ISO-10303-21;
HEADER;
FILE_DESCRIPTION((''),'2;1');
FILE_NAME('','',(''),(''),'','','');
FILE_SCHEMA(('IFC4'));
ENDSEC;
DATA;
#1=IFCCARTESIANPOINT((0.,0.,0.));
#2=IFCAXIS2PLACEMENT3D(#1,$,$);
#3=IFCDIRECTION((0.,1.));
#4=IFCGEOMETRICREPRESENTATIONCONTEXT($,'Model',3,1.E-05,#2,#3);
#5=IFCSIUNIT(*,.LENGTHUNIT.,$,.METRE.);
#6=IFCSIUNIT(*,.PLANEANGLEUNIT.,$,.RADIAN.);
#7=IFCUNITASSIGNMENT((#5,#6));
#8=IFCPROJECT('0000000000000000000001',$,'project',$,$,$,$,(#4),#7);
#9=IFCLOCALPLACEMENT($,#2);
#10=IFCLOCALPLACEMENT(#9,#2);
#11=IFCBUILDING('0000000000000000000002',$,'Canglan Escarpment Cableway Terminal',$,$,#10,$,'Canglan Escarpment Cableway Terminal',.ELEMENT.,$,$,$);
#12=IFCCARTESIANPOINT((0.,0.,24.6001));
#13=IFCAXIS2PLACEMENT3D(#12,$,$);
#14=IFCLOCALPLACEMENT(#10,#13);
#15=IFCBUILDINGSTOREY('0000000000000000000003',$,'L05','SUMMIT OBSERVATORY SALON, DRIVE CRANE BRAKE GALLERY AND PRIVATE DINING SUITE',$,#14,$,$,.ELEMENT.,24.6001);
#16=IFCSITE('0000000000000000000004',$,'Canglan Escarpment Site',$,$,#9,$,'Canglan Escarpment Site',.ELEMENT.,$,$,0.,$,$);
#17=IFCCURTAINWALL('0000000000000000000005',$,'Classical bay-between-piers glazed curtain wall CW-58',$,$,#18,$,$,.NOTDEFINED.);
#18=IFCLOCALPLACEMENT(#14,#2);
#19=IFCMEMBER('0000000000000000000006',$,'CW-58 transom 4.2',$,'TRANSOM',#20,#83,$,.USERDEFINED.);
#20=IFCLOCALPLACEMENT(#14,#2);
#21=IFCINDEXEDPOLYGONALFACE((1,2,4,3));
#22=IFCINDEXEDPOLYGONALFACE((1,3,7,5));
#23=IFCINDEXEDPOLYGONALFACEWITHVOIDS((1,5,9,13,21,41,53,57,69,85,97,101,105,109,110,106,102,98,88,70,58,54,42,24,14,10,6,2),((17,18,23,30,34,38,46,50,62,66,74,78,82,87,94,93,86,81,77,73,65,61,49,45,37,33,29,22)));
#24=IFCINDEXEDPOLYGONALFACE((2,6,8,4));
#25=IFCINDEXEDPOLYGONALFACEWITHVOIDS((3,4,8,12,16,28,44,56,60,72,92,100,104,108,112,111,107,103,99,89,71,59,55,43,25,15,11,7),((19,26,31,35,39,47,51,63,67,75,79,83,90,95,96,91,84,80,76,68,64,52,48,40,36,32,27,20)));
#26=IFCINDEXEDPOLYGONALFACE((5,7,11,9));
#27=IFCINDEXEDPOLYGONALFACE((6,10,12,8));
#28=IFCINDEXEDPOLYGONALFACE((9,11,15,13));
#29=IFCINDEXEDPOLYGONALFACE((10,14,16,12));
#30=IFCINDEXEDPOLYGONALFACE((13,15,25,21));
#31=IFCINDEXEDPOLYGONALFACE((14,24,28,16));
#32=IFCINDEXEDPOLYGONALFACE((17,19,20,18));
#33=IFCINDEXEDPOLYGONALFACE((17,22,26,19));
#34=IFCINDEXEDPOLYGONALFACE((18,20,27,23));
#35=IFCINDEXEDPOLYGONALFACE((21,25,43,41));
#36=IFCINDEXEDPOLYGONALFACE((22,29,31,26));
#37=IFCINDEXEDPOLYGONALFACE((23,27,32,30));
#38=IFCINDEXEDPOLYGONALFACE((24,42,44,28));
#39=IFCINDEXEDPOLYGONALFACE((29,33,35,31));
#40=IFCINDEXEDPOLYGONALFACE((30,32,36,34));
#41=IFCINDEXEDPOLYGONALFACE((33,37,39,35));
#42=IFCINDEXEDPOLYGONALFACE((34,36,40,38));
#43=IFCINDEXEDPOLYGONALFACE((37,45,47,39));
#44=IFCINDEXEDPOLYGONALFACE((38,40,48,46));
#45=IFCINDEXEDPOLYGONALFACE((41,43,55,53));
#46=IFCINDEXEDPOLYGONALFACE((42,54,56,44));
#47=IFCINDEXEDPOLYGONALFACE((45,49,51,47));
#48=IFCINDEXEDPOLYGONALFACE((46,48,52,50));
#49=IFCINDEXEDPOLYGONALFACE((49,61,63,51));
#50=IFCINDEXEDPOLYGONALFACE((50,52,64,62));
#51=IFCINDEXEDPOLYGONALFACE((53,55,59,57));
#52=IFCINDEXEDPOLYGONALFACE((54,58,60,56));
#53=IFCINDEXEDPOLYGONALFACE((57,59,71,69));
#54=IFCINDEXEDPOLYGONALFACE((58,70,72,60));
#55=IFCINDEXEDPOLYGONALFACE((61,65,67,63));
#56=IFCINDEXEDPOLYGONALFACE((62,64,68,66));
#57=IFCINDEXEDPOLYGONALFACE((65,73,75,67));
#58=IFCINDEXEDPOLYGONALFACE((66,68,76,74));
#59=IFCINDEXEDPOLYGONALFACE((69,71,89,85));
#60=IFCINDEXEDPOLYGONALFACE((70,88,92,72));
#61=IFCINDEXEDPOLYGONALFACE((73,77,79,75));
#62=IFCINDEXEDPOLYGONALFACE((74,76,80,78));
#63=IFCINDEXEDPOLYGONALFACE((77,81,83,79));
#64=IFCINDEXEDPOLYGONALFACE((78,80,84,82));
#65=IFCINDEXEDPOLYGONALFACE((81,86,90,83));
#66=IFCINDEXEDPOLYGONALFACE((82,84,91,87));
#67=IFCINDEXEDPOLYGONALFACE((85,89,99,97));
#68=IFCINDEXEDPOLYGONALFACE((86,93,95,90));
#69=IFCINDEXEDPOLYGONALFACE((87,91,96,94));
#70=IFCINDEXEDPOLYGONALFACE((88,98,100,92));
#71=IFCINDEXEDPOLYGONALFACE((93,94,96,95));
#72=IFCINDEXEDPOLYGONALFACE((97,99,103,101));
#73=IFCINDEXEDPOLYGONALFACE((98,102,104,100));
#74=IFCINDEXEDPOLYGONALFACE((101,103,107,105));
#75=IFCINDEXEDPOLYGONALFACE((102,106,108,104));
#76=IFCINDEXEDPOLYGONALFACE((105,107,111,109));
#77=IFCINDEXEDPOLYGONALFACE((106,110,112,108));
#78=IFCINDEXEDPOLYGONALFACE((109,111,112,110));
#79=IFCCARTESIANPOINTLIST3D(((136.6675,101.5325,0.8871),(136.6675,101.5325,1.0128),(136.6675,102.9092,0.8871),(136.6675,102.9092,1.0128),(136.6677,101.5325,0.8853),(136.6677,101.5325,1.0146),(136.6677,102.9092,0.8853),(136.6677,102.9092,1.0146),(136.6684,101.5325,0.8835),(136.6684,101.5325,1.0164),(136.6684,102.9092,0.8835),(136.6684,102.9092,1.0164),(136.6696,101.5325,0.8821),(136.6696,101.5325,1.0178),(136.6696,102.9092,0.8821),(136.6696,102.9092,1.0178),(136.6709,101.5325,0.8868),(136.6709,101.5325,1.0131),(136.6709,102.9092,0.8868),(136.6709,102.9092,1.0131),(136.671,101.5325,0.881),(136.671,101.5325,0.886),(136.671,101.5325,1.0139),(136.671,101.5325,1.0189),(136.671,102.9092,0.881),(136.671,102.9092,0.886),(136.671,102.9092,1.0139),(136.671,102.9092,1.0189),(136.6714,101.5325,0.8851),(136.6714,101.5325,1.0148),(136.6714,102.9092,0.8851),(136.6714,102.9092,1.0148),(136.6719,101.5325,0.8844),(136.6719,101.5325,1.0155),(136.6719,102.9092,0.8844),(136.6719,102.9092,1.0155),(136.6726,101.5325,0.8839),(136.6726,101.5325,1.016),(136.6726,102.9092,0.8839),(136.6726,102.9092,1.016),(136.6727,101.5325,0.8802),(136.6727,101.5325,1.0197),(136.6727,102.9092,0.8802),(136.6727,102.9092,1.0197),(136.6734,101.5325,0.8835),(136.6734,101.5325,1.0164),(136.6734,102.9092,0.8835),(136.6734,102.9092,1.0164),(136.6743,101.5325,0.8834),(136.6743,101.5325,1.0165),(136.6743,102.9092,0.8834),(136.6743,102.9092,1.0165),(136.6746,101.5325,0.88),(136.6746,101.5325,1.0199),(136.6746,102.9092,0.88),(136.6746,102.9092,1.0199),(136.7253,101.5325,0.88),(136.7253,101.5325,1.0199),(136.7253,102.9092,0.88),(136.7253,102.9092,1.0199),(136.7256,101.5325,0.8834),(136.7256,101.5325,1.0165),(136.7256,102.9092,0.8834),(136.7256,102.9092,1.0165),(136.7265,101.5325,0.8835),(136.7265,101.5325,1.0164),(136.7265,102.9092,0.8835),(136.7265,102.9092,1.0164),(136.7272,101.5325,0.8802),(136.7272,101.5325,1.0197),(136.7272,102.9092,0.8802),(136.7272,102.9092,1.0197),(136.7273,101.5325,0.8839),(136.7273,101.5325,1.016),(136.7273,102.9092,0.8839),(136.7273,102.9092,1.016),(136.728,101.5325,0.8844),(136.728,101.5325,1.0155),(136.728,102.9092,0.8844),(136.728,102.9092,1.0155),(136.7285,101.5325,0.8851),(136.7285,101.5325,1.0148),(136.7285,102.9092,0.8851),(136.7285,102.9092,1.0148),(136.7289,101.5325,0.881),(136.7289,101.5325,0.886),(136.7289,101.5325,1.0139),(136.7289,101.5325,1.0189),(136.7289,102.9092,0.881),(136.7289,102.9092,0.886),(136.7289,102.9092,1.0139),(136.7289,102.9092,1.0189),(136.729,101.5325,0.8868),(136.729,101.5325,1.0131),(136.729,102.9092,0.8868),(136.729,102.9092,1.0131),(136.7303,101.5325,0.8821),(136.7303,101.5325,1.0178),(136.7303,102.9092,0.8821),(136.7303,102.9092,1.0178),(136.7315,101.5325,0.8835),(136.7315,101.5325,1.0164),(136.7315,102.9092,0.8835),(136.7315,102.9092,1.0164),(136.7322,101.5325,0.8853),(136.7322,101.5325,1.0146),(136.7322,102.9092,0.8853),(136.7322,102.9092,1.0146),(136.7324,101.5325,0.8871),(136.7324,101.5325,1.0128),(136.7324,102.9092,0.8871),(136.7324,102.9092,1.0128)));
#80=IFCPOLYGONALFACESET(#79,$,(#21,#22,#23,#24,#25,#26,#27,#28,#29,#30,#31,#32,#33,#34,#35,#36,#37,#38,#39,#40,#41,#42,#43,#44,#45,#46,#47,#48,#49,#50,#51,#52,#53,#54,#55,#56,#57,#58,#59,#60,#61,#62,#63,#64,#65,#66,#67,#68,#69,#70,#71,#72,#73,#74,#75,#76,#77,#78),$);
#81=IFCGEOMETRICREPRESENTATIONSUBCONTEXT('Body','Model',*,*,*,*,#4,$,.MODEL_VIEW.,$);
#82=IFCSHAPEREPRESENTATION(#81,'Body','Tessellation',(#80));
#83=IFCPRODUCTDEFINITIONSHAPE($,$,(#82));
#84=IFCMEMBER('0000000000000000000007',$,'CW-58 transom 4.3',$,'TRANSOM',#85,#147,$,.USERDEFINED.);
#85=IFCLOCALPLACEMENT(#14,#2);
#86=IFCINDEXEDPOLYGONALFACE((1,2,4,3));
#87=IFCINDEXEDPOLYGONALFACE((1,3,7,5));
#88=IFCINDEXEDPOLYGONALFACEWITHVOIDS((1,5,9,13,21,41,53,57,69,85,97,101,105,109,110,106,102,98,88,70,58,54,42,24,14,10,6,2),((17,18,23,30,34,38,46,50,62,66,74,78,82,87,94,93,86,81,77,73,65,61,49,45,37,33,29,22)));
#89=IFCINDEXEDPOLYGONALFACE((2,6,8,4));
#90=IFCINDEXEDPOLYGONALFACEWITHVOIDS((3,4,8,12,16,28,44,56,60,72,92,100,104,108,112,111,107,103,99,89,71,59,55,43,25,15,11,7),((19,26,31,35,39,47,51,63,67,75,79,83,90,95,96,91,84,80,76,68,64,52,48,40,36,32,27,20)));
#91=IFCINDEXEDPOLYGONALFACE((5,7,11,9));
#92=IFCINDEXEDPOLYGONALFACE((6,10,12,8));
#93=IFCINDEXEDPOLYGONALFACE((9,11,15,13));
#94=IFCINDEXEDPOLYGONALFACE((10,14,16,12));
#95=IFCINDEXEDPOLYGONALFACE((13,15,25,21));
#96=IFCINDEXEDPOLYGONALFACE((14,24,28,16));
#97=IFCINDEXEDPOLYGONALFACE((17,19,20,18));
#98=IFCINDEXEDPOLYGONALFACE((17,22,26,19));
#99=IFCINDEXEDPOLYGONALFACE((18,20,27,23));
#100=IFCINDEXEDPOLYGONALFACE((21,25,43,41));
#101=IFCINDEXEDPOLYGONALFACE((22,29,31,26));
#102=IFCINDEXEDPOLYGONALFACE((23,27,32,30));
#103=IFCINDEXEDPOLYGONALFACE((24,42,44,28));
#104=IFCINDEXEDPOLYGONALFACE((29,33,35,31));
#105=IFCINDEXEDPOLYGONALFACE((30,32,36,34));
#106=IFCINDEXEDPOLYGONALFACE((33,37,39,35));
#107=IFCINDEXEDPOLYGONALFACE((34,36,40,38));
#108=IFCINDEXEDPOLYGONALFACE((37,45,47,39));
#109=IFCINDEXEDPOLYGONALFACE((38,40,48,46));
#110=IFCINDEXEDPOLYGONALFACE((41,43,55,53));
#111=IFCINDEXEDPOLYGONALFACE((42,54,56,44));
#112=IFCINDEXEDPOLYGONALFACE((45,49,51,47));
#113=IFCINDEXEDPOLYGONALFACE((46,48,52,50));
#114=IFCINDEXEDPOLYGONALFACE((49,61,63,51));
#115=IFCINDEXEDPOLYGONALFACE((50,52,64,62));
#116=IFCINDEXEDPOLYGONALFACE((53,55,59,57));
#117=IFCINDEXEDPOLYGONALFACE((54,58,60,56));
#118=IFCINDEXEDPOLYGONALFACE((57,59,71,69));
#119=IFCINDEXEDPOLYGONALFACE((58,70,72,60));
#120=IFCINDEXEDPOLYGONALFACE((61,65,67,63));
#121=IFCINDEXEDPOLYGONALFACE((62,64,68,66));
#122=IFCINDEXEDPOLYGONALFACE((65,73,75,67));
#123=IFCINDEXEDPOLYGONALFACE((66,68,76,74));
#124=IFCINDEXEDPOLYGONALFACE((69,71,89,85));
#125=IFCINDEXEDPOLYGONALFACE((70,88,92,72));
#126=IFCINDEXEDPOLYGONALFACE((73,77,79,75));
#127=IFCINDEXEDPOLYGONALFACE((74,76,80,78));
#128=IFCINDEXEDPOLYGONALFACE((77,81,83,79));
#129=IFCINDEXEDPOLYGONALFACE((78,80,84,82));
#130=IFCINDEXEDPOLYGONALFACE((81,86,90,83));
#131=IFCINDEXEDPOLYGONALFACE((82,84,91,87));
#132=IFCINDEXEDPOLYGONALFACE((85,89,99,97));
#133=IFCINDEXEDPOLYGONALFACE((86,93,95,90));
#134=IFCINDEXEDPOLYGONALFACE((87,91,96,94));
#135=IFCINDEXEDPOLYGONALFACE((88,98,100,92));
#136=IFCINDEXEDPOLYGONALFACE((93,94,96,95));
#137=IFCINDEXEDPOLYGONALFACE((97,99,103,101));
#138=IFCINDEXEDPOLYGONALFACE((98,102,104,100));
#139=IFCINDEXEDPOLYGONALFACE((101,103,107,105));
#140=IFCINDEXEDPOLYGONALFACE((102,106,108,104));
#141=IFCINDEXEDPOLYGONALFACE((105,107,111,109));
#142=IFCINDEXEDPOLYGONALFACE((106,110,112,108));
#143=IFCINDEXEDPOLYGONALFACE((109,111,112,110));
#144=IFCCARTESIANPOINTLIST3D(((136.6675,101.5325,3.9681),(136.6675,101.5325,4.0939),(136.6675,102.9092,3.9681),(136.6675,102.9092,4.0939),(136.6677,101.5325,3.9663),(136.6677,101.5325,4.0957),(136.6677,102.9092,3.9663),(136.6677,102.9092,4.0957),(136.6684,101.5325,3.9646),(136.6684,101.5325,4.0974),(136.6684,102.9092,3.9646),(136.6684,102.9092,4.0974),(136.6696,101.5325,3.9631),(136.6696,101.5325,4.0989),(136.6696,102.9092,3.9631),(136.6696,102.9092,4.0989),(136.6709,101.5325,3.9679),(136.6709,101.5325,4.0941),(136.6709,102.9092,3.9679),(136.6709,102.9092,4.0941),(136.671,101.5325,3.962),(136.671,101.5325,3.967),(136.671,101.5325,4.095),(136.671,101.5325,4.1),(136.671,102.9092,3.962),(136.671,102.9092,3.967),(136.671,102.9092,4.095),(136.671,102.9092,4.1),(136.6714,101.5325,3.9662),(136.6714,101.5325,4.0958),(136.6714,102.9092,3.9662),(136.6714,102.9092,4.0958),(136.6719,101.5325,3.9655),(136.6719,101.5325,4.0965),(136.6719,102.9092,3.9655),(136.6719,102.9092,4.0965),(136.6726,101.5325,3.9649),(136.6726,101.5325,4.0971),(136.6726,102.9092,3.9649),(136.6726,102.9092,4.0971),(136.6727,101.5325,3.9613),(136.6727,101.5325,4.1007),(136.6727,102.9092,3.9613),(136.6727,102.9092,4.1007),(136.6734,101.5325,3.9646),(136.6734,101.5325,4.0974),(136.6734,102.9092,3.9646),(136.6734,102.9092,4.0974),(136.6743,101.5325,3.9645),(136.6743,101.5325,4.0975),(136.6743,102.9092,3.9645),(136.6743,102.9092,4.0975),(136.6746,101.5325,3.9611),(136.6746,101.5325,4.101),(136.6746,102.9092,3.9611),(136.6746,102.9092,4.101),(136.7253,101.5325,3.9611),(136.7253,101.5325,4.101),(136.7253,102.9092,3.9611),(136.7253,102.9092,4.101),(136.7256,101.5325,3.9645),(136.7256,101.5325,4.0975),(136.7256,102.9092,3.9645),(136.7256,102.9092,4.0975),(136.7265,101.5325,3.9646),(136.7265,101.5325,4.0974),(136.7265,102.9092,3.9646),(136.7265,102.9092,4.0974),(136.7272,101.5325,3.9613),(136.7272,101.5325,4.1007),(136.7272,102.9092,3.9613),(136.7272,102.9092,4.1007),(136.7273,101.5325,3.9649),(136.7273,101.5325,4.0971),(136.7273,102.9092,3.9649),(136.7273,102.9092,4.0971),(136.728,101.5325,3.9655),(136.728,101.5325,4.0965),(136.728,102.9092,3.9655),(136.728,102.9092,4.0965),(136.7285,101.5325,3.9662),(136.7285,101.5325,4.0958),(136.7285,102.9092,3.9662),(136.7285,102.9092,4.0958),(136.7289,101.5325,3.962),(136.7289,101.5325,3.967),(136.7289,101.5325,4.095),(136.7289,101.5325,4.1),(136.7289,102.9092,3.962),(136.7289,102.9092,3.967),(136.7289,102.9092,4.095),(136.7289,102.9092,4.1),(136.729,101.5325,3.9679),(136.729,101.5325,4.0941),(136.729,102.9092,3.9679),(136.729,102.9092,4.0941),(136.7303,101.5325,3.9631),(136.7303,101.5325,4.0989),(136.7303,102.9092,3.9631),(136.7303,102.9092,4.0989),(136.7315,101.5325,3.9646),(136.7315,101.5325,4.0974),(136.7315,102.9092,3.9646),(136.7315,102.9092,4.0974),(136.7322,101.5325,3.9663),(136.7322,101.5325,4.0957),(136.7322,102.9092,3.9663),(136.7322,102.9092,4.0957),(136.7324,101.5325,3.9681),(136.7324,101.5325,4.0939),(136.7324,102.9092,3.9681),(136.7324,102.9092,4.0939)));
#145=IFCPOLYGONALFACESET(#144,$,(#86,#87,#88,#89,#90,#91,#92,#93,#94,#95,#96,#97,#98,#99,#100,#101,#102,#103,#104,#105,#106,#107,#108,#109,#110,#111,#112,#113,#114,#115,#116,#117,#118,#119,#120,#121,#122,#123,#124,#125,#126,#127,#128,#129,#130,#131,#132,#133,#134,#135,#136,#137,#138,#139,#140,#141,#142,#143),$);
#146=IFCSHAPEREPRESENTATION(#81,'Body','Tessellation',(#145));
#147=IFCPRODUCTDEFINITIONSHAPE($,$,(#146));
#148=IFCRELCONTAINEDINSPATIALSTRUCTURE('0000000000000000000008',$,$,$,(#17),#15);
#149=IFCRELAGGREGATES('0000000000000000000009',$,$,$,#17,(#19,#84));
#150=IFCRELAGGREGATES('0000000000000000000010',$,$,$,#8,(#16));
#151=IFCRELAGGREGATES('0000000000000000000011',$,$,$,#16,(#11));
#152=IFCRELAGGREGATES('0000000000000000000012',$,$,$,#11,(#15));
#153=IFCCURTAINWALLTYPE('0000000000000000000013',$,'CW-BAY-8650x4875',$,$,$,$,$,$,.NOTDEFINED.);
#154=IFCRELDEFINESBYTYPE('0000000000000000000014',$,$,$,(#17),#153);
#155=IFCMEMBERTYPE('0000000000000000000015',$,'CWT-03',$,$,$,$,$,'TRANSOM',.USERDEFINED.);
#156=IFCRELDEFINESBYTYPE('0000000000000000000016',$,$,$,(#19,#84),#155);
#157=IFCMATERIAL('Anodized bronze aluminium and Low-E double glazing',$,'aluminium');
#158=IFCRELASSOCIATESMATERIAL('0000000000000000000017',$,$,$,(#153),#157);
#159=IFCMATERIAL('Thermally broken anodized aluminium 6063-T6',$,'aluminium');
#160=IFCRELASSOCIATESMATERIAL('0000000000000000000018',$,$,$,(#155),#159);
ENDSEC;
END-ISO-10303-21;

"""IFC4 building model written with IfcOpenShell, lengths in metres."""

from ifc_helpers import new_model, si_unit, direction, frame, origin, origin_2d, place, context, subcontext, project, spatial, hollow_rectangle, extrude, material, material_profile, profile_set, type_object, element, aggregate, save


model = new_model("IFC4")

# Units and contexts
model_context = context("Model", 3, precision=1e-05, world=origin(), true_north=direction((0.0, 1.0)))
body_context = subcontext(model_context, "Body", "Model", "MODEL_VIEW")
ifc_project = project(units=[si_unit("LENGTHUNIT", "METRE"), si_unit("PLANEANGLEUNIT", "RADIAN")], contexts=[model_context])

# Site, building, storey
site_placement = place(None, origin())
site = spatial("IfcSite", under=ifc_project, at=site_placement, Name="Canglan Escarpment Site", LongName="Canglan Escarpment Site", CompositionType="ELEMENT", RefElevation=0.0)
building_placement = place(site_placement, origin())
building = spatial("IfcBuilding", under=site, at=building_placement, Name="Canglan Escarpment Cableway Terminal", LongName="Canglan Escarpment Cableway Terminal", CompositionType="ELEMENT")
storey_placement = place(building_placement, frame((0.0, 0.0, 24.6001)))
storey = spatial("IfcBuildingStorey", under=building, at=storey_placement, Name="L05", Description="SUMMIT OBSERVATORY SALON, DRIVE CRANE BRAKE GALLERY AND PRIVATE DINING SUITE", CompositionType="ELEMENT", Elevation=24.6001)

# Curtain wall, members
ifc_material_1 = material(Name="Anodized bronze aluminium and Low-E double glazing", Category="aluminium")
curtain_wall_type = type_object("IfcCurtainWallType", Name="CW-BAY-8650x4875", PredefinedType="NOTDEFINED", material=ifc_material_1)
curtain_wall_placement = place(storey_placement, origin())
curtain_wall = element("IfcCurtainWall", 1, at=curtain_wall_placement, inside=storey, type_object=curtain_wall_type, Name="Classical bay-between-piers glazed curtain wall CW-58", PredefinedType="NOTDEFINED")
ifc_material_2 = material(Name="Thermally broken anodized aluminium 6063-T6", Category="aluminium")
ifc_material_profile_1 = material_profile(ifc_material_2, hollow_rectangle(XDim=0.0649, YDim=0.1399, WallThickness=0.0034, InnerFilletRadius=0.0034, OuterFilletRadius=0.0071, at=origin_2d()), Name="ALU-TRAN 65x140x3.5")
ifc_profile_set_1 = profile_set([ifc_material_profile_1], Name="Thermally broken anodized aluminium 6063-T6")
member_type_1 = type_object("IfcMemberType", Name="CWT-03", ElementType="TRANSOM", PredefinedType="USERDEFINED", material=ifc_profile_set_1)
member_1_placement = place(storey_placement, frame((136.7, 101.5325, 0.95), z_axis=(0.0, 1.0, 0.0), x_axis=(-1.0, 0.0, 0.0)))
member_1 = element("IfcMember", 2, at=member_1_placement, type_object=member_type_1, Name="CW-58 transom 4.2", ObjectType="TRANSOM", PredefinedType="USERDEFINED", context=body_context, shape_type="SweptSolid", body=[
    extrude(hollow_rectangle(XDim=0.0649, YDim=0.1399, WallThickness=0.0034, InnerFilletRadius=0.0034, OuterFilletRadius=0.0071, at=origin_2d()), origin(), (0.0, 0.0, 1.0), 1.3767),
])
member_2_placement = place(storey_placement, frame((136.7, 101.5325, 4.031), z_axis=(0.0, 1.0, 0.0), x_axis=(-1.0, 0.0, 0.0)))
member_2 = element("IfcMember", 3, at=member_2_placement, type_object=member_type_1, Name="CW-58 transom 4.3", ObjectType="TRANSOM", PredefinedType="USERDEFINED", context=body_context, shape_type="SweptSolid", body=[
    extrude(hollow_rectangle(XDim=0.0649, YDim=0.1399, WallThickness=0.0034, InnerFilletRadius=0.0034, OuterFilletRadius=0.0071, at=origin_2d()), origin(), (0.0, 0.0, 1.0), 1.3767),
])
aggregate(curtain_wall, [member_1, member_2])

save(model, "model.ifc")
